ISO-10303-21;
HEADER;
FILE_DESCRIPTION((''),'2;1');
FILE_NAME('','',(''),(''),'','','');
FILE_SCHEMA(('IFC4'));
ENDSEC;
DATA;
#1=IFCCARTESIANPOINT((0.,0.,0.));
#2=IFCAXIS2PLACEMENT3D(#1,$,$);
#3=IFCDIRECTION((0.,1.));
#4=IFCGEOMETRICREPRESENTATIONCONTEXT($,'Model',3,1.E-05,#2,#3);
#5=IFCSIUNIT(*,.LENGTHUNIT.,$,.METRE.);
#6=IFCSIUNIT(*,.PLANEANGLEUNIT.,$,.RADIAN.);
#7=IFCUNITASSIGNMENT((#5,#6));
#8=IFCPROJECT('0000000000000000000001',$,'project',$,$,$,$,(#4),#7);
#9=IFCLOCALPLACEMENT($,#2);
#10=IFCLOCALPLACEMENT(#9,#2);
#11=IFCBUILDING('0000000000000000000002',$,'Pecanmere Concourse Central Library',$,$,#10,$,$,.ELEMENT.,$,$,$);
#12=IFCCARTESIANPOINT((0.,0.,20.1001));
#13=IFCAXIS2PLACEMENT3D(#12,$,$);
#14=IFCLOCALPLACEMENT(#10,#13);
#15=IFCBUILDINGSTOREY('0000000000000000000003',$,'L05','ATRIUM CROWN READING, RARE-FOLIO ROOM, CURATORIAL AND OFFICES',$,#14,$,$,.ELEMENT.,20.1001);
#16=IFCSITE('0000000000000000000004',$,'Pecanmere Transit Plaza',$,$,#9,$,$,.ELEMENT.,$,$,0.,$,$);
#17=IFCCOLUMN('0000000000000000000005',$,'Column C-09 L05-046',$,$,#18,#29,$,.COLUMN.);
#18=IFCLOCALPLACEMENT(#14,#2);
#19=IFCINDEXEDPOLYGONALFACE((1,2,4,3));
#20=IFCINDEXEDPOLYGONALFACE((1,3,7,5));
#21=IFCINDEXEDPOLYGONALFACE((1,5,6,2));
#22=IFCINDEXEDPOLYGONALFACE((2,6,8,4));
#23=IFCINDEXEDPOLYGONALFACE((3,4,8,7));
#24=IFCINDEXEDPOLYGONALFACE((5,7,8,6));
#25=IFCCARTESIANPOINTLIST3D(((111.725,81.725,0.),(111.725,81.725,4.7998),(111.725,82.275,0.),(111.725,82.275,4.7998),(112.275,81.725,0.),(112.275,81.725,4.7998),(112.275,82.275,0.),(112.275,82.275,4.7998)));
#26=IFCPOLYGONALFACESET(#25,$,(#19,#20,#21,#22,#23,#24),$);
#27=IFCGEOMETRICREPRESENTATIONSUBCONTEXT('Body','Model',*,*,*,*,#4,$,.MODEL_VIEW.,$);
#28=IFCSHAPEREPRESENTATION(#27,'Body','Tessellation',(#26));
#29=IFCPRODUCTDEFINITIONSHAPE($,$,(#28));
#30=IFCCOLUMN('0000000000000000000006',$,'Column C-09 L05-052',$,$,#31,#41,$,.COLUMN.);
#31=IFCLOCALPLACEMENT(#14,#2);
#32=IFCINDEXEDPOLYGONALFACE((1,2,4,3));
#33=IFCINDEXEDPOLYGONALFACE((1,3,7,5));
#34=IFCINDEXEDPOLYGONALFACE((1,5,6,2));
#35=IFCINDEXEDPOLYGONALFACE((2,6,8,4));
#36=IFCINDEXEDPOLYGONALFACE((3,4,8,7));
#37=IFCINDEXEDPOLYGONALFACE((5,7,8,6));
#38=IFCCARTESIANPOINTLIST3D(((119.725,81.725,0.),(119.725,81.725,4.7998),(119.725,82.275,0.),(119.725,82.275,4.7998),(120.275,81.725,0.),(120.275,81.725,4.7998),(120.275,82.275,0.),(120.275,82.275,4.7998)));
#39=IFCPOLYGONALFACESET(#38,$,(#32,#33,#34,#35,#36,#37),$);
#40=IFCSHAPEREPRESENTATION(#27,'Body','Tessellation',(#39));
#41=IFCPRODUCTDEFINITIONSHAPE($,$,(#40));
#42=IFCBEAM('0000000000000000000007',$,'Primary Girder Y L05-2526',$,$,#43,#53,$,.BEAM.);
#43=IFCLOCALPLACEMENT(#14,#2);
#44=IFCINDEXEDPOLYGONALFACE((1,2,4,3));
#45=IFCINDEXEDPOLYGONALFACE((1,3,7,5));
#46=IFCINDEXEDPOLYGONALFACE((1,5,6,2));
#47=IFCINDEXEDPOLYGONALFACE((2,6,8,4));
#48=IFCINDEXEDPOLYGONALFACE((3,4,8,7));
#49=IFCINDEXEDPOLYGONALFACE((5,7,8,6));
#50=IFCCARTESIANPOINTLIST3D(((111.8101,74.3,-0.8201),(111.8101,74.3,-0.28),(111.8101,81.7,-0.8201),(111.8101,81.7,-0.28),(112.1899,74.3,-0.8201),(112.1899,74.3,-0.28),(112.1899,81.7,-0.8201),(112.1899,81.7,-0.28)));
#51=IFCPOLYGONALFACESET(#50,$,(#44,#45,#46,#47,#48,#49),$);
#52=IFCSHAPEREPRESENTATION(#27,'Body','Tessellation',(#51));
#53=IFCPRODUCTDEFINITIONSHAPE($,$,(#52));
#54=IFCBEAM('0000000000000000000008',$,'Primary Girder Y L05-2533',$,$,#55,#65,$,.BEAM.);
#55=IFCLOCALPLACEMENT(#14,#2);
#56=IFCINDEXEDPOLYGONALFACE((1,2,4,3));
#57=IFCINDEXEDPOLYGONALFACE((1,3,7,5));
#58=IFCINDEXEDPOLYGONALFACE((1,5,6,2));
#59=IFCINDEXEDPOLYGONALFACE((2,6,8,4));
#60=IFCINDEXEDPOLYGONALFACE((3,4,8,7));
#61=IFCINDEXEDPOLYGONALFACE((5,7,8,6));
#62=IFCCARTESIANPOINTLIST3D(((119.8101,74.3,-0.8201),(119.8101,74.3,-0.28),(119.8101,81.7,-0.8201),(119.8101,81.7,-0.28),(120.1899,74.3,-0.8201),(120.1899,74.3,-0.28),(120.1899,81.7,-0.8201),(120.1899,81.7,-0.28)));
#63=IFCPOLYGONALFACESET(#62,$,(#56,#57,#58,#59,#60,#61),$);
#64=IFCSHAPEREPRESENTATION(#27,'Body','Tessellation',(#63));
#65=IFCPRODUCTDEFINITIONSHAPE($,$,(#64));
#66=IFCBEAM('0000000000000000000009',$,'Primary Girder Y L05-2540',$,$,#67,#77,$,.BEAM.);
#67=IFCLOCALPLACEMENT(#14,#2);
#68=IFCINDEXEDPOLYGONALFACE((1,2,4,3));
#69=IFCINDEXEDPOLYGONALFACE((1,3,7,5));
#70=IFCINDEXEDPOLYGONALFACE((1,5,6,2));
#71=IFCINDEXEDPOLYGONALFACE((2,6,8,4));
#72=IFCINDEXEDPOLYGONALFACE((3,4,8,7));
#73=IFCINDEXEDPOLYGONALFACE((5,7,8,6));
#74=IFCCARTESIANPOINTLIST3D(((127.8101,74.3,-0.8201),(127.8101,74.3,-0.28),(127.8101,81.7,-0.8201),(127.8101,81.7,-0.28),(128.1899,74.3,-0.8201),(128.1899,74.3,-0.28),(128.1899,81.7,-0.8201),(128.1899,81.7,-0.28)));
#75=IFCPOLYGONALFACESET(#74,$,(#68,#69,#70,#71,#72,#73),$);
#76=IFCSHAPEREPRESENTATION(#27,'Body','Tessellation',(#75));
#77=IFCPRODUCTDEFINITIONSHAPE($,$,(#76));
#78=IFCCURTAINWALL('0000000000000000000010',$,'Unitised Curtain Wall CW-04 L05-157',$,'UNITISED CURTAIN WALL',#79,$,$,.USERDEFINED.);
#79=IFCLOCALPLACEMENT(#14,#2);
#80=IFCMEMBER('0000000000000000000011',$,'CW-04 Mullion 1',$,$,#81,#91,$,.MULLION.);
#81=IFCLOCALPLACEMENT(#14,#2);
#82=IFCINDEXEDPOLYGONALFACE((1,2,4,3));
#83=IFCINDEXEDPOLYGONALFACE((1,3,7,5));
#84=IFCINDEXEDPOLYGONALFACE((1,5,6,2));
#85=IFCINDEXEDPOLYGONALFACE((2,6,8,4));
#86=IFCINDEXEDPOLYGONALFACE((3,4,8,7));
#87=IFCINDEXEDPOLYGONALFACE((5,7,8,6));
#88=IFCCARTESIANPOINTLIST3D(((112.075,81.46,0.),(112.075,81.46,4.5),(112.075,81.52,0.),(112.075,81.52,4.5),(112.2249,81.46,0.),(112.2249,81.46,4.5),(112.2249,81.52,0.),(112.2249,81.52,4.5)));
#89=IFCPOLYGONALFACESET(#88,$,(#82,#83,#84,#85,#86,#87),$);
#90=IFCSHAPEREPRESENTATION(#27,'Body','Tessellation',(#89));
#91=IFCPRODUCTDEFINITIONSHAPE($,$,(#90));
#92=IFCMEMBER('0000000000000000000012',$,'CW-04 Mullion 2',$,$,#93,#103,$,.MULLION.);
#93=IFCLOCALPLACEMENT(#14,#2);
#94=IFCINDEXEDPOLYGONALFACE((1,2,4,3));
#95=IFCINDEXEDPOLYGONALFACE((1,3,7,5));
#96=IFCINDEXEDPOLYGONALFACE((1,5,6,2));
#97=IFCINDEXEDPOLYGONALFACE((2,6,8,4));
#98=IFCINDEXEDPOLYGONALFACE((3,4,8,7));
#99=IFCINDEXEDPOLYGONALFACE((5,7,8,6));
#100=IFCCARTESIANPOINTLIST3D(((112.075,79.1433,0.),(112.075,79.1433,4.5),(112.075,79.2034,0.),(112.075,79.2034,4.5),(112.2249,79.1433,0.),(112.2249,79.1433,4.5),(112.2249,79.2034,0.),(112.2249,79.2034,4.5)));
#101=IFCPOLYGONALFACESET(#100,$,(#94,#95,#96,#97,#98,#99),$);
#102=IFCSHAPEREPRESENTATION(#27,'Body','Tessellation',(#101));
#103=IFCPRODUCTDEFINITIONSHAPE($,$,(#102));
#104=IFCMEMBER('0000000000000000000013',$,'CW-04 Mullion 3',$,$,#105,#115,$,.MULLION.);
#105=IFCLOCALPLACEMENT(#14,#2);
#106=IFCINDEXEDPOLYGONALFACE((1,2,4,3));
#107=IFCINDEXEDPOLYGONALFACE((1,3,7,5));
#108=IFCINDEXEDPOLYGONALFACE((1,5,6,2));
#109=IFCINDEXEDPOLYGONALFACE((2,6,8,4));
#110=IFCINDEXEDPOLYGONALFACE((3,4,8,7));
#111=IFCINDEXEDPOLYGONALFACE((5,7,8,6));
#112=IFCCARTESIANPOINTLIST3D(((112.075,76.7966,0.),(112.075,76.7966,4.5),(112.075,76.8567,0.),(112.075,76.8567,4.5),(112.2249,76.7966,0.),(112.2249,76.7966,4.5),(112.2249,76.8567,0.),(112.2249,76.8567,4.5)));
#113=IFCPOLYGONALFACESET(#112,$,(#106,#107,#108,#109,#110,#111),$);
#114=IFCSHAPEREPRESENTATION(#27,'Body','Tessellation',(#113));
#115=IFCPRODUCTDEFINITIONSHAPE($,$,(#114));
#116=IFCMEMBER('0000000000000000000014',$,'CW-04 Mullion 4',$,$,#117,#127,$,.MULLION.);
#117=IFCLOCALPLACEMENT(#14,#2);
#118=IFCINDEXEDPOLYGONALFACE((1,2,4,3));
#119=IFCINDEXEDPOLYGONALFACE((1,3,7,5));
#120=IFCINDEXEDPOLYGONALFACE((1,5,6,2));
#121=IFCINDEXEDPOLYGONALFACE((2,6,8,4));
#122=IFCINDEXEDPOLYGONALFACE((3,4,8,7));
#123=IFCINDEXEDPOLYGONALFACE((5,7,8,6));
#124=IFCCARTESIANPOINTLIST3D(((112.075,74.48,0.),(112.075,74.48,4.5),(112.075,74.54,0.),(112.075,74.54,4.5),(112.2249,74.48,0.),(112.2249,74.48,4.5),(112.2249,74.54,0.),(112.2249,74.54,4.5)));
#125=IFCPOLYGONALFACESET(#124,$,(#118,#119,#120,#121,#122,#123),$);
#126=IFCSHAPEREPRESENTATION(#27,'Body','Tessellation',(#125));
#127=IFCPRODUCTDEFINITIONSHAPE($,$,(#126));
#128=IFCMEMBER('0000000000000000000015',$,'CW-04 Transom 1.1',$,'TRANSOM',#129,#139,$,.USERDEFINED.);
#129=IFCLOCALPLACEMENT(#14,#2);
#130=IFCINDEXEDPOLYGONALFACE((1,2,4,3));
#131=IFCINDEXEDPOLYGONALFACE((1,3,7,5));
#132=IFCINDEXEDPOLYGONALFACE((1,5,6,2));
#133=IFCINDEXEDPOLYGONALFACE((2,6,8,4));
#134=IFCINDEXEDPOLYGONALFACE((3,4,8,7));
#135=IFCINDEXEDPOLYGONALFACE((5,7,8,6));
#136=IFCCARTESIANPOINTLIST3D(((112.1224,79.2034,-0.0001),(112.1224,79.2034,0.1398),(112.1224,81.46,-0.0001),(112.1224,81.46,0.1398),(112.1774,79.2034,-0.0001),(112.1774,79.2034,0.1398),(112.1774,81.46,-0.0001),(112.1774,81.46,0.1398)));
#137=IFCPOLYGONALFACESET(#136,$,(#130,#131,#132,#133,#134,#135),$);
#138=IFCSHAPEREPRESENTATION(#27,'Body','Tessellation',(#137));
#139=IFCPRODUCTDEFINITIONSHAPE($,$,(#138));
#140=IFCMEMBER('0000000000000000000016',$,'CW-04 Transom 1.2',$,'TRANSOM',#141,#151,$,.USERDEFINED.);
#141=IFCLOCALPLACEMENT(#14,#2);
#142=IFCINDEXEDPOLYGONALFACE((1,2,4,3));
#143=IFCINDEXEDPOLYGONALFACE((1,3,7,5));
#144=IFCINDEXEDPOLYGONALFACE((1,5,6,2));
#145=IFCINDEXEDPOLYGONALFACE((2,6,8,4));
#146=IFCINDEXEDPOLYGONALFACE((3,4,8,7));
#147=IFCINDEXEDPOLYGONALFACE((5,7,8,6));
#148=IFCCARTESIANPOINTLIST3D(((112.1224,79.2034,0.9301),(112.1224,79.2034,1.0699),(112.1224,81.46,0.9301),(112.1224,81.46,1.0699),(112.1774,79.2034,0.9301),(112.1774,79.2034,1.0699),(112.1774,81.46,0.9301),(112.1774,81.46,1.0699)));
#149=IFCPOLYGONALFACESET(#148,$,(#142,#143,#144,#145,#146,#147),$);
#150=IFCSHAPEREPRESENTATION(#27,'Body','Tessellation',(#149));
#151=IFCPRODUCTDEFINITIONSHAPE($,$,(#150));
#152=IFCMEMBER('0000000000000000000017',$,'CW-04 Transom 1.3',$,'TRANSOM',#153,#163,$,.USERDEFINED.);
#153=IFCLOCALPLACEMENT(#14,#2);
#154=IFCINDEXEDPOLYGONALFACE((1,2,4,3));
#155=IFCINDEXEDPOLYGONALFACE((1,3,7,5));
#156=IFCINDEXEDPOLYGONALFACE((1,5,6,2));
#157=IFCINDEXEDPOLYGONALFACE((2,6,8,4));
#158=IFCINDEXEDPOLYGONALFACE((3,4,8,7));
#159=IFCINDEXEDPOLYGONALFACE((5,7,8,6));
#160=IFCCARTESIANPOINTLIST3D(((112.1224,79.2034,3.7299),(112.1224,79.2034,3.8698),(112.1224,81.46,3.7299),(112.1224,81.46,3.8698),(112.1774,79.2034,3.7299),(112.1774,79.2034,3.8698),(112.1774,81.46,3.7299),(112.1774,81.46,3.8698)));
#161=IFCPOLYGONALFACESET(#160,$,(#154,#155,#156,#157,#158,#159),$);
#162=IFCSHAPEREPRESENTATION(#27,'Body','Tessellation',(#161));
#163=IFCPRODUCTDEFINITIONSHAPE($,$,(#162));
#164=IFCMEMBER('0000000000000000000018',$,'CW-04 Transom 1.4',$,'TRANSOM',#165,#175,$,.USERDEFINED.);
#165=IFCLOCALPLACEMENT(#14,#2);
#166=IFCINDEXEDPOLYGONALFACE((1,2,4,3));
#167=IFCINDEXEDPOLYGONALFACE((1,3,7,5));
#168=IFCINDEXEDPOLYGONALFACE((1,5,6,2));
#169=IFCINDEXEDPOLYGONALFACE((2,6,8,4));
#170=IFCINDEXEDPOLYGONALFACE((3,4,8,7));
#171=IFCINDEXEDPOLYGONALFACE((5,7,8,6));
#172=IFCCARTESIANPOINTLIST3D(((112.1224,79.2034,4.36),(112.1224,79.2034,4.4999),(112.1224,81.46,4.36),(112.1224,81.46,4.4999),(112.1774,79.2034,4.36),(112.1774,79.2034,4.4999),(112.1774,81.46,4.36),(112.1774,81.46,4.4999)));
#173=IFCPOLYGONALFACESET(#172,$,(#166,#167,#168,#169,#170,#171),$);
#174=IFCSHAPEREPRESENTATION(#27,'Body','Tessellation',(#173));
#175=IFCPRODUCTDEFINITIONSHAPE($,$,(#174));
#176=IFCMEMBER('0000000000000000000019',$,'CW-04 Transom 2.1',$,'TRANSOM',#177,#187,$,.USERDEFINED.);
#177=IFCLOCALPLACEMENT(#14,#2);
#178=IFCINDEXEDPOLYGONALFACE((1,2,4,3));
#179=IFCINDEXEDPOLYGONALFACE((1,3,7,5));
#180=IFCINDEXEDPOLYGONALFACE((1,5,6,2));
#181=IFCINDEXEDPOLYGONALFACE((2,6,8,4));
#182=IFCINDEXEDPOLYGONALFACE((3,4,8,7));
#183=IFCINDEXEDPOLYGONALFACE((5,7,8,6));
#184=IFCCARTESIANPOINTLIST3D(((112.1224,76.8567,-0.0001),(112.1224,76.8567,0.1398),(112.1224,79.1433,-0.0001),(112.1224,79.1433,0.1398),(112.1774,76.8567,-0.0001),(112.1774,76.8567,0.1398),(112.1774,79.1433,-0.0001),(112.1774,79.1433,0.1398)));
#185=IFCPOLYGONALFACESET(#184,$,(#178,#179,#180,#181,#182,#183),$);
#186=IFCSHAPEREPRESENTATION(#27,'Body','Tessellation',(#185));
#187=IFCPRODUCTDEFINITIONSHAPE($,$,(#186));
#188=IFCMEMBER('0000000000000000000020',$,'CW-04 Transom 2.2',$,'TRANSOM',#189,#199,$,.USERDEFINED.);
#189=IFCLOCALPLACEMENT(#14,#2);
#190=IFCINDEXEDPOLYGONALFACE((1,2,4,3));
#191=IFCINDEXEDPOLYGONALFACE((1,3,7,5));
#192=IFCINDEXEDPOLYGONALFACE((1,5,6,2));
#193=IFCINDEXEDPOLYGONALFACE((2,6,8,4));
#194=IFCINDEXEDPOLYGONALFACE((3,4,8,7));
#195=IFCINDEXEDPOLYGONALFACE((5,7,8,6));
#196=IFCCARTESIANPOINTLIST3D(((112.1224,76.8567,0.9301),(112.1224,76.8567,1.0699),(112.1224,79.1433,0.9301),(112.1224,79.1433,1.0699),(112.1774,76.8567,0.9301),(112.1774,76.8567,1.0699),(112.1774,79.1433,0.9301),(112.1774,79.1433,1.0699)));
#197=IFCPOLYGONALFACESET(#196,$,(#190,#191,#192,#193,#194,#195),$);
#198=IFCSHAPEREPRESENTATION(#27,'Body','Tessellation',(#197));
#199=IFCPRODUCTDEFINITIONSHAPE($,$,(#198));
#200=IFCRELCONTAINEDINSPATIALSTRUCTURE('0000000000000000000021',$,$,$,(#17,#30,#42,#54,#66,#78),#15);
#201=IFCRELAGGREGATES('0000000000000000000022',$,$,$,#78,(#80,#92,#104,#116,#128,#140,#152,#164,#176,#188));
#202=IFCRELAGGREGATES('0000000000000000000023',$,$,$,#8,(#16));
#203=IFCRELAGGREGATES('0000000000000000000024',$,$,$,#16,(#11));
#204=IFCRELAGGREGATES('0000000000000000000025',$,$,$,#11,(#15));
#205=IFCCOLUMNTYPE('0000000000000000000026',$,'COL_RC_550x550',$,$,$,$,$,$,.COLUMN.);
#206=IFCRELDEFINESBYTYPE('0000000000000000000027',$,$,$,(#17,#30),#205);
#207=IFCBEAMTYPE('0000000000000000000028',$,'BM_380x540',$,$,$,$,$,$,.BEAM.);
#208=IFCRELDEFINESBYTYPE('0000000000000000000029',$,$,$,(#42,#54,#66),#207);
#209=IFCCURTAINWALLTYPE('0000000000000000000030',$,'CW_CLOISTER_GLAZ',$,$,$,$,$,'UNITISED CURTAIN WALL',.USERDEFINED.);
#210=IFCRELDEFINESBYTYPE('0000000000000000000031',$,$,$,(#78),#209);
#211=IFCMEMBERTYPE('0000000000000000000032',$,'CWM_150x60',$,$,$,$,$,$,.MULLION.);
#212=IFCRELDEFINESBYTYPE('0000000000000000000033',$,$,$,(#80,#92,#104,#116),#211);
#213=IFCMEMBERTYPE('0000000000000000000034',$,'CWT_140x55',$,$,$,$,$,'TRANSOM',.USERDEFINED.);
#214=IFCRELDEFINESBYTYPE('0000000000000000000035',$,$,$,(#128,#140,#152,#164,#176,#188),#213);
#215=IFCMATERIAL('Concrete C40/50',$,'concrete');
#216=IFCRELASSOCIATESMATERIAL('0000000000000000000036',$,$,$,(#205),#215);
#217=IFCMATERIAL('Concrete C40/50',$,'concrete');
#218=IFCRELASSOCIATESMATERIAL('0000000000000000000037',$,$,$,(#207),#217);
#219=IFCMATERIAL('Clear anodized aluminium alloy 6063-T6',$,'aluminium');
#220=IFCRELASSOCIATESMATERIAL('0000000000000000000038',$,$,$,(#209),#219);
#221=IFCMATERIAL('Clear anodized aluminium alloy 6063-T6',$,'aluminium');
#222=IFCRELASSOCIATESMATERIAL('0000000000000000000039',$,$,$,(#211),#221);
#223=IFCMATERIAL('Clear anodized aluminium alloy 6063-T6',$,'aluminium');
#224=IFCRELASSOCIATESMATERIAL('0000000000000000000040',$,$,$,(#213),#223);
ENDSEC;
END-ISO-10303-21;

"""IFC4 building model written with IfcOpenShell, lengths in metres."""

from ifc_helpers import new_model, si_unit, direction, frame, origin, origin_2d, place, context, subcontext, project, spatial, rectangle, extrude, material, material_profile, profile_set, type_object, element, aggregate, save


model = new_model("IFC4")

# Units and contexts
model_context = context("Model", 3, precision=1e-05, world=origin(), true_north=direction((0.0, 1.0)))
body_context = subcontext(model_context, "Body", "Model", "MODEL_VIEW")
ifc_project = project(units=[si_unit("LENGTHUNIT", "METRE"), si_unit("PLANEANGLEUNIT", "RADIAN")], contexts=[model_context])

# Site, building, storey
site_placement = place(None, origin())
site = spatial("IfcSite", under=ifc_project, at=site_placement, Name="Pecanmere Transit Plaza", CompositionType="ELEMENT", RefElevation=0.0)
building_placement = place(site_placement, origin())
building = spatial("IfcBuilding", under=site, at=building_placement, Name="Pecanmere Concourse Central Library", CompositionType="ELEMENT")
storey_placement = place(building_placement, frame((0.0, 0.0, 20.1001)))
storey = spatial("IfcBuildingStorey", under=building, at=storey_placement, Name="L05", Description="ATRIUM CROWN READING, RARE-FOLIO ROOM, CURATORIAL AND OFFICES", CompositionType="ELEMENT", Elevation=20.1001)

# Columns
ifc_material_1 = material(Name="Concrete C40/50", Category="concrete")
ifc_material_profile_1 = material_profile(ifc_material_1, rectangle(XDim=0.55, YDim=0.55, at=origin_2d()), Name="RC 550x550")
ifc_profile_set_1 = profile_set([ifc_material_profile_1], Name="Concrete C40/50")
column_type = type_object("IfcColumnType", Name="COL_RC_550x550", PredefinedType="COLUMN", material=ifc_profile_set_1)
for number, where, z_axis, x_axis, name in (
    (1, (112.0, 82.0, 0.0), (0.0, 0.0, 1.0), (1.0, 0.0, 0.0), "Column C-09 L05-046"),
    (2, (120.0, 82.0, 0.0), (0.0, 0.0, 1.0), (1.0, 0.0, 0.0), "Column C-09 L05-052"),
):
    element("IfcColumn", number, at=place(storey_placement, frame(where, z_axis=z_axis, x_axis=x_axis)), inside=storey, type_object=column_type, Name=name, PredefinedType="COLUMN", context=body_context, shape_type="SweptSolid", body=[
        extrude(rectangle(XDim=0.55, YDim=0.55, at=origin_2d()), origin(), (0.0, 0.0, 1.0), 4.7998),
    ])

# Beams
ifc_material_2 = material(Name="Concrete C40/50", Category="concrete")
ifc_material_profile_2 = material_profile(ifc_material_2, rectangle(XDim=0.3799, YDim=0.54, at=origin_2d()), Name="RC 380x540")
ifc_profile_set_2 = profile_set([ifc_material_profile_2], Name="Concrete C40/50")
beam_type_1 = type_object("IfcBeamType", Name="BM_380x540", PredefinedType="BEAM", material=ifc_profile_set_2)
for number, where, z_axis, x_axis, name in (
    (3, (112.0, 74.3, -0.55), (0.0, 1.0, 0.0), (-1.0, 0.0, 0.0), "Primary Girder Y L05-2526"),
    (4, (120.0, 74.3, -0.55), (0.0, 1.0, 0.0), (-1.0, 0.0, 0.0), "Primary Girder Y L05-2533"),
    (5, (128.0, 74.3, -0.55), (0.0, 1.0, 0.0), (-1.0, 0.0, 0.0), "Primary Girder Y L05-2540"),
):
    element("IfcBeam", number, at=place(storey_placement, frame(where, z_axis=z_axis, x_axis=x_axis)), inside=storey, type_object=beam_type_1, Name=name, PredefinedType="BEAM", context=body_context, shape_type="SweptSolid", body=[
        extrude(rectangle(XDim=0.3799, YDim=0.54, at=origin_2d()), origin(), (0.0, 0.0, 1.0), 7.3999),
    ])

# Curtain wall, members
ifc_material_3 = material(Name="Clear anodized aluminium alloy 6063-T6", Category="aluminium")
curtain_wall_type = type_object("IfcCurtainWallType", Name="CW_CLOISTER_GLAZ", ElementType="UNITISED CURTAIN WALL", PredefinedType="USERDEFINED", material=ifc_material_3)
curtain_wall_placement = place(storey_placement, origin())
curtain_wall = element("IfcCurtainWall", 6, at=curtain_wall_placement, inside=storey, type_object=curtain_wall_type, Name="Unitised Curtain Wall CW-04 L05-157", ObjectType="UNITISED CURTAIN WALL", PredefinedType="USERDEFINED")
ifc_material_4 = material(Name="Clear anodized aluminium alloy 6063-T6", Category="aluminium")
ifc_material_profile_3 = material_profile(ifc_material_4, rectangle(XDim=0.0601, YDim=0.1499, at=origin_2d()), Name="AL 60x150")
ifc_profile_set_3 = profile_set([ifc_material_profile_3], Name="Clear anodized aluminium alloy 6063-T6")
member_type_1 = type_object("IfcMemberType", Name="CWM_150x60", PredefinedType="MULLION", material=ifc_profile_set_3)
member_1_placement = place(storey_placement, frame((112.1499, 81.49, 0.0), z_axis=(0.0, 0.0, 1.0), x_axis=(0.0, -1.0, 0.0)))
member_1 = element("IfcMember", 7, at=member_1_placement, type_object=member_type_1, Name="CW-04 Mullion 1", PredefinedType="MULLION", context=body_context, shape_type="SweptSolid", body=[
    extrude(rectangle(XDim=0.0601, YDim=0.1499, at=origin_2d()), origin(), (0.0, 0.0, 1.0), 4.5),
])
member_2_placement = place(storey_placement, frame((112.1499, 79.1733, 0.0), z_axis=(0.0, 0.0, 1.0), x_axis=(0.0, -1.0, 0.0)))
member_2 = element("IfcMember", 8, at=member_2_placement, type_object=member_type_1, Name="CW-04 Mullion 2", PredefinedType="MULLION", context=body_context, shape_type="SweptSolid", body=[
    extrude(rectangle(XDim=0.0601, YDim=0.1499, at=origin_2d()), origin(), (0.0, 0.0, 1.0), 4.5),
])
member_3_placement = place(storey_placement, frame((112.1499, 76.8267, 0.0), z_axis=(0.0, 0.0, 1.0), x_axis=(0.0, -1.0, 0.0)))
member_3 = element("IfcMember", 9, at=member_3_placement, type_object=member_type_1, Name="CW-04 Mullion 3", PredefinedType="MULLION", context=body_context, shape_type="SweptSolid", body=[
    extrude(rectangle(XDim=0.0601, YDim=0.1499, at=origin_2d()), origin(), (0.0, 0.0, 1.0), 4.5),
])
member_4_placement = place(storey_placement, frame((112.1499, 74.51, 0.0), z_axis=(0.0, 0.0, 1.0), x_axis=(0.0, -1.0, 0.0)))
member_4 = element("IfcMember", 10, at=member_4_placement, type_object=member_type_1, Name="CW-04 Mullion 4", PredefinedType="MULLION", context=body_context, shape_type="SweptSolid", body=[
    extrude(rectangle(XDim=0.0601, YDim=0.1499, at=origin_2d()), origin(), (0.0, 0.0, 1.0), 4.5),
])
ifc_material_5 = material(Name="Clear anodized aluminium alloy 6063-T6", Category="aluminium")
ifc_material_profile_4 = material_profile(ifc_material_5, rectangle(XDim=0.0549, YDim=0.1399, at=origin_2d()), Name="AL 55x140")
ifc_profile_set_4 = profile_set([ifc_material_profile_4], Name="Clear anodized aluminium alloy 6063-T6")
member_type_2 = type_object("IfcMemberType", Name="CWT_140x55", ElementType="TRANSOM", PredefinedType="USERDEFINED", material=ifc_profile_set_4)
member_5_placement = place(storey_placement, frame((112.1499, 81.46, 0.0698), z_axis=(0.0, -1.0, 0.0), x_axis=(1.0, 0.0, 0.0)))
member_5 = element("IfcMember", 11, at=member_5_placement, type_object=member_type_2, Name="CW-04 Transom 1.1", ObjectType="TRANSOM", PredefinedType="USERDEFINED", context=body_context, shape_type="SweptSolid", body=[
    extrude(rectangle(XDim=0.0549, YDim=0.1399, at=origin_2d()), origin(), (0.0, 0.0, 1.0), 2.2566),
])
member_6_placement = place(storey_placement, frame((112.1499, 81.46, 1.0), z_axis=(0.0, -1.0, 0.0), x_axis=(1.0, 0.0, 0.0)))
member_6 = element("IfcMember", 12, at=member_6_placement, type_object=member_type_2, Name="CW-04 Transom 1.2", ObjectType="TRANSOM", PredefinedType="USERDEFINED", context=body_context, shape_type="SweptSolid", body=[
    extrude(rectangle(XDim=0.0549, YDim=0.1399, at=origin_2d()), origin(), (0.0, 0.0, 1.0), 2.2566),
])
member_7_placement = place(storey_placement, frame((112.1499, 81.46, 3.7998), z_axis=(0.0, -1.0, 0.0), x_axis=(1.0, 0.0, 0.0)))
member_7 = element("IfcMember", 13, at=member_7_placement, type_object=member_type_2, Name="CW-04 Transom 1.3", ObjectType="TRANSOM", PredefinedType="USERDEFINED", context=body_context, shape_type="SweptSolid", body=[
    extrude(rectangle(XDim=0.0549, YDim=0.1399, at=origin_2d()), origin(), (0.0, 0.0, 1.0), 2.2566),
])
member_8_placement = place(storey_placement, frame((112.1499, 81.46, 4.4299), z_axis=(0.0, -1.0, 0.0), x_axis=(1.0, 0.0, 0.0)))
member_8 = element("IfcMember", 14, at=member_8_placement, type_object=member_type_2, Name="CW-04 Transom 1.4", ObjectType="TRANSOM", PredefinedType="USERDEFINED", context=body_context, shape_type="SweptSolid", body=[
    extrude(rectangle(XDim=0.0549, YDim=0.1399, at=origin_2d()), origin(), (0.0, 0.0, 1.0), 2.2566),
])
member_9_placement = place(storey_placement, frame((112.1499, 79.1433, 0.0698), z_axis=(0.0, -1.0, 0.0), x_axis=(1.0, 0.0, 0.0)))
member_9 = element("IfcMember", 15, at=member_9_placement, type_object=member_type_2, Name="CW-04 Transom 2.1", ObjectType="TRANSOM", PredefinedType="USERDEFINED", context=body_context, shape_type="SweptSolid", body=[
    extrude(rectangle(XDim=0.0549, YDim=0.1399, at=origin_2d()), origin(), (0.0, 0.0, 1.0), 2.2866),
])
member_10_placement = place(storey_placement, frame((112.1499, 79.1433, 1.0), z_axis=(0.0, -1.0, 0.0), x_axis=(1.0, 0.0, 0.0)))
member_10 = element("IfcMember", 16, at=member_10_placement, type_object=member_type_2, Name="CW-04 Transom 2.2", ObjectType="TRANSOM", PredefinedType="USERDEFINED", context=body_context, shape_type="SweptSolid", body=[
    extrude(rectangle(XDim=0.0549, YDim=0.1399, at=origin_2d()), origin(), (0.0, 0.0, 1.0), 2.2866),
])

aggregate(curtain_wall, [member_1, member_2, member_3, member_4, member_5, member_6, member_7, member_8, member_9, member_10])

save(model, "model.ifc")
